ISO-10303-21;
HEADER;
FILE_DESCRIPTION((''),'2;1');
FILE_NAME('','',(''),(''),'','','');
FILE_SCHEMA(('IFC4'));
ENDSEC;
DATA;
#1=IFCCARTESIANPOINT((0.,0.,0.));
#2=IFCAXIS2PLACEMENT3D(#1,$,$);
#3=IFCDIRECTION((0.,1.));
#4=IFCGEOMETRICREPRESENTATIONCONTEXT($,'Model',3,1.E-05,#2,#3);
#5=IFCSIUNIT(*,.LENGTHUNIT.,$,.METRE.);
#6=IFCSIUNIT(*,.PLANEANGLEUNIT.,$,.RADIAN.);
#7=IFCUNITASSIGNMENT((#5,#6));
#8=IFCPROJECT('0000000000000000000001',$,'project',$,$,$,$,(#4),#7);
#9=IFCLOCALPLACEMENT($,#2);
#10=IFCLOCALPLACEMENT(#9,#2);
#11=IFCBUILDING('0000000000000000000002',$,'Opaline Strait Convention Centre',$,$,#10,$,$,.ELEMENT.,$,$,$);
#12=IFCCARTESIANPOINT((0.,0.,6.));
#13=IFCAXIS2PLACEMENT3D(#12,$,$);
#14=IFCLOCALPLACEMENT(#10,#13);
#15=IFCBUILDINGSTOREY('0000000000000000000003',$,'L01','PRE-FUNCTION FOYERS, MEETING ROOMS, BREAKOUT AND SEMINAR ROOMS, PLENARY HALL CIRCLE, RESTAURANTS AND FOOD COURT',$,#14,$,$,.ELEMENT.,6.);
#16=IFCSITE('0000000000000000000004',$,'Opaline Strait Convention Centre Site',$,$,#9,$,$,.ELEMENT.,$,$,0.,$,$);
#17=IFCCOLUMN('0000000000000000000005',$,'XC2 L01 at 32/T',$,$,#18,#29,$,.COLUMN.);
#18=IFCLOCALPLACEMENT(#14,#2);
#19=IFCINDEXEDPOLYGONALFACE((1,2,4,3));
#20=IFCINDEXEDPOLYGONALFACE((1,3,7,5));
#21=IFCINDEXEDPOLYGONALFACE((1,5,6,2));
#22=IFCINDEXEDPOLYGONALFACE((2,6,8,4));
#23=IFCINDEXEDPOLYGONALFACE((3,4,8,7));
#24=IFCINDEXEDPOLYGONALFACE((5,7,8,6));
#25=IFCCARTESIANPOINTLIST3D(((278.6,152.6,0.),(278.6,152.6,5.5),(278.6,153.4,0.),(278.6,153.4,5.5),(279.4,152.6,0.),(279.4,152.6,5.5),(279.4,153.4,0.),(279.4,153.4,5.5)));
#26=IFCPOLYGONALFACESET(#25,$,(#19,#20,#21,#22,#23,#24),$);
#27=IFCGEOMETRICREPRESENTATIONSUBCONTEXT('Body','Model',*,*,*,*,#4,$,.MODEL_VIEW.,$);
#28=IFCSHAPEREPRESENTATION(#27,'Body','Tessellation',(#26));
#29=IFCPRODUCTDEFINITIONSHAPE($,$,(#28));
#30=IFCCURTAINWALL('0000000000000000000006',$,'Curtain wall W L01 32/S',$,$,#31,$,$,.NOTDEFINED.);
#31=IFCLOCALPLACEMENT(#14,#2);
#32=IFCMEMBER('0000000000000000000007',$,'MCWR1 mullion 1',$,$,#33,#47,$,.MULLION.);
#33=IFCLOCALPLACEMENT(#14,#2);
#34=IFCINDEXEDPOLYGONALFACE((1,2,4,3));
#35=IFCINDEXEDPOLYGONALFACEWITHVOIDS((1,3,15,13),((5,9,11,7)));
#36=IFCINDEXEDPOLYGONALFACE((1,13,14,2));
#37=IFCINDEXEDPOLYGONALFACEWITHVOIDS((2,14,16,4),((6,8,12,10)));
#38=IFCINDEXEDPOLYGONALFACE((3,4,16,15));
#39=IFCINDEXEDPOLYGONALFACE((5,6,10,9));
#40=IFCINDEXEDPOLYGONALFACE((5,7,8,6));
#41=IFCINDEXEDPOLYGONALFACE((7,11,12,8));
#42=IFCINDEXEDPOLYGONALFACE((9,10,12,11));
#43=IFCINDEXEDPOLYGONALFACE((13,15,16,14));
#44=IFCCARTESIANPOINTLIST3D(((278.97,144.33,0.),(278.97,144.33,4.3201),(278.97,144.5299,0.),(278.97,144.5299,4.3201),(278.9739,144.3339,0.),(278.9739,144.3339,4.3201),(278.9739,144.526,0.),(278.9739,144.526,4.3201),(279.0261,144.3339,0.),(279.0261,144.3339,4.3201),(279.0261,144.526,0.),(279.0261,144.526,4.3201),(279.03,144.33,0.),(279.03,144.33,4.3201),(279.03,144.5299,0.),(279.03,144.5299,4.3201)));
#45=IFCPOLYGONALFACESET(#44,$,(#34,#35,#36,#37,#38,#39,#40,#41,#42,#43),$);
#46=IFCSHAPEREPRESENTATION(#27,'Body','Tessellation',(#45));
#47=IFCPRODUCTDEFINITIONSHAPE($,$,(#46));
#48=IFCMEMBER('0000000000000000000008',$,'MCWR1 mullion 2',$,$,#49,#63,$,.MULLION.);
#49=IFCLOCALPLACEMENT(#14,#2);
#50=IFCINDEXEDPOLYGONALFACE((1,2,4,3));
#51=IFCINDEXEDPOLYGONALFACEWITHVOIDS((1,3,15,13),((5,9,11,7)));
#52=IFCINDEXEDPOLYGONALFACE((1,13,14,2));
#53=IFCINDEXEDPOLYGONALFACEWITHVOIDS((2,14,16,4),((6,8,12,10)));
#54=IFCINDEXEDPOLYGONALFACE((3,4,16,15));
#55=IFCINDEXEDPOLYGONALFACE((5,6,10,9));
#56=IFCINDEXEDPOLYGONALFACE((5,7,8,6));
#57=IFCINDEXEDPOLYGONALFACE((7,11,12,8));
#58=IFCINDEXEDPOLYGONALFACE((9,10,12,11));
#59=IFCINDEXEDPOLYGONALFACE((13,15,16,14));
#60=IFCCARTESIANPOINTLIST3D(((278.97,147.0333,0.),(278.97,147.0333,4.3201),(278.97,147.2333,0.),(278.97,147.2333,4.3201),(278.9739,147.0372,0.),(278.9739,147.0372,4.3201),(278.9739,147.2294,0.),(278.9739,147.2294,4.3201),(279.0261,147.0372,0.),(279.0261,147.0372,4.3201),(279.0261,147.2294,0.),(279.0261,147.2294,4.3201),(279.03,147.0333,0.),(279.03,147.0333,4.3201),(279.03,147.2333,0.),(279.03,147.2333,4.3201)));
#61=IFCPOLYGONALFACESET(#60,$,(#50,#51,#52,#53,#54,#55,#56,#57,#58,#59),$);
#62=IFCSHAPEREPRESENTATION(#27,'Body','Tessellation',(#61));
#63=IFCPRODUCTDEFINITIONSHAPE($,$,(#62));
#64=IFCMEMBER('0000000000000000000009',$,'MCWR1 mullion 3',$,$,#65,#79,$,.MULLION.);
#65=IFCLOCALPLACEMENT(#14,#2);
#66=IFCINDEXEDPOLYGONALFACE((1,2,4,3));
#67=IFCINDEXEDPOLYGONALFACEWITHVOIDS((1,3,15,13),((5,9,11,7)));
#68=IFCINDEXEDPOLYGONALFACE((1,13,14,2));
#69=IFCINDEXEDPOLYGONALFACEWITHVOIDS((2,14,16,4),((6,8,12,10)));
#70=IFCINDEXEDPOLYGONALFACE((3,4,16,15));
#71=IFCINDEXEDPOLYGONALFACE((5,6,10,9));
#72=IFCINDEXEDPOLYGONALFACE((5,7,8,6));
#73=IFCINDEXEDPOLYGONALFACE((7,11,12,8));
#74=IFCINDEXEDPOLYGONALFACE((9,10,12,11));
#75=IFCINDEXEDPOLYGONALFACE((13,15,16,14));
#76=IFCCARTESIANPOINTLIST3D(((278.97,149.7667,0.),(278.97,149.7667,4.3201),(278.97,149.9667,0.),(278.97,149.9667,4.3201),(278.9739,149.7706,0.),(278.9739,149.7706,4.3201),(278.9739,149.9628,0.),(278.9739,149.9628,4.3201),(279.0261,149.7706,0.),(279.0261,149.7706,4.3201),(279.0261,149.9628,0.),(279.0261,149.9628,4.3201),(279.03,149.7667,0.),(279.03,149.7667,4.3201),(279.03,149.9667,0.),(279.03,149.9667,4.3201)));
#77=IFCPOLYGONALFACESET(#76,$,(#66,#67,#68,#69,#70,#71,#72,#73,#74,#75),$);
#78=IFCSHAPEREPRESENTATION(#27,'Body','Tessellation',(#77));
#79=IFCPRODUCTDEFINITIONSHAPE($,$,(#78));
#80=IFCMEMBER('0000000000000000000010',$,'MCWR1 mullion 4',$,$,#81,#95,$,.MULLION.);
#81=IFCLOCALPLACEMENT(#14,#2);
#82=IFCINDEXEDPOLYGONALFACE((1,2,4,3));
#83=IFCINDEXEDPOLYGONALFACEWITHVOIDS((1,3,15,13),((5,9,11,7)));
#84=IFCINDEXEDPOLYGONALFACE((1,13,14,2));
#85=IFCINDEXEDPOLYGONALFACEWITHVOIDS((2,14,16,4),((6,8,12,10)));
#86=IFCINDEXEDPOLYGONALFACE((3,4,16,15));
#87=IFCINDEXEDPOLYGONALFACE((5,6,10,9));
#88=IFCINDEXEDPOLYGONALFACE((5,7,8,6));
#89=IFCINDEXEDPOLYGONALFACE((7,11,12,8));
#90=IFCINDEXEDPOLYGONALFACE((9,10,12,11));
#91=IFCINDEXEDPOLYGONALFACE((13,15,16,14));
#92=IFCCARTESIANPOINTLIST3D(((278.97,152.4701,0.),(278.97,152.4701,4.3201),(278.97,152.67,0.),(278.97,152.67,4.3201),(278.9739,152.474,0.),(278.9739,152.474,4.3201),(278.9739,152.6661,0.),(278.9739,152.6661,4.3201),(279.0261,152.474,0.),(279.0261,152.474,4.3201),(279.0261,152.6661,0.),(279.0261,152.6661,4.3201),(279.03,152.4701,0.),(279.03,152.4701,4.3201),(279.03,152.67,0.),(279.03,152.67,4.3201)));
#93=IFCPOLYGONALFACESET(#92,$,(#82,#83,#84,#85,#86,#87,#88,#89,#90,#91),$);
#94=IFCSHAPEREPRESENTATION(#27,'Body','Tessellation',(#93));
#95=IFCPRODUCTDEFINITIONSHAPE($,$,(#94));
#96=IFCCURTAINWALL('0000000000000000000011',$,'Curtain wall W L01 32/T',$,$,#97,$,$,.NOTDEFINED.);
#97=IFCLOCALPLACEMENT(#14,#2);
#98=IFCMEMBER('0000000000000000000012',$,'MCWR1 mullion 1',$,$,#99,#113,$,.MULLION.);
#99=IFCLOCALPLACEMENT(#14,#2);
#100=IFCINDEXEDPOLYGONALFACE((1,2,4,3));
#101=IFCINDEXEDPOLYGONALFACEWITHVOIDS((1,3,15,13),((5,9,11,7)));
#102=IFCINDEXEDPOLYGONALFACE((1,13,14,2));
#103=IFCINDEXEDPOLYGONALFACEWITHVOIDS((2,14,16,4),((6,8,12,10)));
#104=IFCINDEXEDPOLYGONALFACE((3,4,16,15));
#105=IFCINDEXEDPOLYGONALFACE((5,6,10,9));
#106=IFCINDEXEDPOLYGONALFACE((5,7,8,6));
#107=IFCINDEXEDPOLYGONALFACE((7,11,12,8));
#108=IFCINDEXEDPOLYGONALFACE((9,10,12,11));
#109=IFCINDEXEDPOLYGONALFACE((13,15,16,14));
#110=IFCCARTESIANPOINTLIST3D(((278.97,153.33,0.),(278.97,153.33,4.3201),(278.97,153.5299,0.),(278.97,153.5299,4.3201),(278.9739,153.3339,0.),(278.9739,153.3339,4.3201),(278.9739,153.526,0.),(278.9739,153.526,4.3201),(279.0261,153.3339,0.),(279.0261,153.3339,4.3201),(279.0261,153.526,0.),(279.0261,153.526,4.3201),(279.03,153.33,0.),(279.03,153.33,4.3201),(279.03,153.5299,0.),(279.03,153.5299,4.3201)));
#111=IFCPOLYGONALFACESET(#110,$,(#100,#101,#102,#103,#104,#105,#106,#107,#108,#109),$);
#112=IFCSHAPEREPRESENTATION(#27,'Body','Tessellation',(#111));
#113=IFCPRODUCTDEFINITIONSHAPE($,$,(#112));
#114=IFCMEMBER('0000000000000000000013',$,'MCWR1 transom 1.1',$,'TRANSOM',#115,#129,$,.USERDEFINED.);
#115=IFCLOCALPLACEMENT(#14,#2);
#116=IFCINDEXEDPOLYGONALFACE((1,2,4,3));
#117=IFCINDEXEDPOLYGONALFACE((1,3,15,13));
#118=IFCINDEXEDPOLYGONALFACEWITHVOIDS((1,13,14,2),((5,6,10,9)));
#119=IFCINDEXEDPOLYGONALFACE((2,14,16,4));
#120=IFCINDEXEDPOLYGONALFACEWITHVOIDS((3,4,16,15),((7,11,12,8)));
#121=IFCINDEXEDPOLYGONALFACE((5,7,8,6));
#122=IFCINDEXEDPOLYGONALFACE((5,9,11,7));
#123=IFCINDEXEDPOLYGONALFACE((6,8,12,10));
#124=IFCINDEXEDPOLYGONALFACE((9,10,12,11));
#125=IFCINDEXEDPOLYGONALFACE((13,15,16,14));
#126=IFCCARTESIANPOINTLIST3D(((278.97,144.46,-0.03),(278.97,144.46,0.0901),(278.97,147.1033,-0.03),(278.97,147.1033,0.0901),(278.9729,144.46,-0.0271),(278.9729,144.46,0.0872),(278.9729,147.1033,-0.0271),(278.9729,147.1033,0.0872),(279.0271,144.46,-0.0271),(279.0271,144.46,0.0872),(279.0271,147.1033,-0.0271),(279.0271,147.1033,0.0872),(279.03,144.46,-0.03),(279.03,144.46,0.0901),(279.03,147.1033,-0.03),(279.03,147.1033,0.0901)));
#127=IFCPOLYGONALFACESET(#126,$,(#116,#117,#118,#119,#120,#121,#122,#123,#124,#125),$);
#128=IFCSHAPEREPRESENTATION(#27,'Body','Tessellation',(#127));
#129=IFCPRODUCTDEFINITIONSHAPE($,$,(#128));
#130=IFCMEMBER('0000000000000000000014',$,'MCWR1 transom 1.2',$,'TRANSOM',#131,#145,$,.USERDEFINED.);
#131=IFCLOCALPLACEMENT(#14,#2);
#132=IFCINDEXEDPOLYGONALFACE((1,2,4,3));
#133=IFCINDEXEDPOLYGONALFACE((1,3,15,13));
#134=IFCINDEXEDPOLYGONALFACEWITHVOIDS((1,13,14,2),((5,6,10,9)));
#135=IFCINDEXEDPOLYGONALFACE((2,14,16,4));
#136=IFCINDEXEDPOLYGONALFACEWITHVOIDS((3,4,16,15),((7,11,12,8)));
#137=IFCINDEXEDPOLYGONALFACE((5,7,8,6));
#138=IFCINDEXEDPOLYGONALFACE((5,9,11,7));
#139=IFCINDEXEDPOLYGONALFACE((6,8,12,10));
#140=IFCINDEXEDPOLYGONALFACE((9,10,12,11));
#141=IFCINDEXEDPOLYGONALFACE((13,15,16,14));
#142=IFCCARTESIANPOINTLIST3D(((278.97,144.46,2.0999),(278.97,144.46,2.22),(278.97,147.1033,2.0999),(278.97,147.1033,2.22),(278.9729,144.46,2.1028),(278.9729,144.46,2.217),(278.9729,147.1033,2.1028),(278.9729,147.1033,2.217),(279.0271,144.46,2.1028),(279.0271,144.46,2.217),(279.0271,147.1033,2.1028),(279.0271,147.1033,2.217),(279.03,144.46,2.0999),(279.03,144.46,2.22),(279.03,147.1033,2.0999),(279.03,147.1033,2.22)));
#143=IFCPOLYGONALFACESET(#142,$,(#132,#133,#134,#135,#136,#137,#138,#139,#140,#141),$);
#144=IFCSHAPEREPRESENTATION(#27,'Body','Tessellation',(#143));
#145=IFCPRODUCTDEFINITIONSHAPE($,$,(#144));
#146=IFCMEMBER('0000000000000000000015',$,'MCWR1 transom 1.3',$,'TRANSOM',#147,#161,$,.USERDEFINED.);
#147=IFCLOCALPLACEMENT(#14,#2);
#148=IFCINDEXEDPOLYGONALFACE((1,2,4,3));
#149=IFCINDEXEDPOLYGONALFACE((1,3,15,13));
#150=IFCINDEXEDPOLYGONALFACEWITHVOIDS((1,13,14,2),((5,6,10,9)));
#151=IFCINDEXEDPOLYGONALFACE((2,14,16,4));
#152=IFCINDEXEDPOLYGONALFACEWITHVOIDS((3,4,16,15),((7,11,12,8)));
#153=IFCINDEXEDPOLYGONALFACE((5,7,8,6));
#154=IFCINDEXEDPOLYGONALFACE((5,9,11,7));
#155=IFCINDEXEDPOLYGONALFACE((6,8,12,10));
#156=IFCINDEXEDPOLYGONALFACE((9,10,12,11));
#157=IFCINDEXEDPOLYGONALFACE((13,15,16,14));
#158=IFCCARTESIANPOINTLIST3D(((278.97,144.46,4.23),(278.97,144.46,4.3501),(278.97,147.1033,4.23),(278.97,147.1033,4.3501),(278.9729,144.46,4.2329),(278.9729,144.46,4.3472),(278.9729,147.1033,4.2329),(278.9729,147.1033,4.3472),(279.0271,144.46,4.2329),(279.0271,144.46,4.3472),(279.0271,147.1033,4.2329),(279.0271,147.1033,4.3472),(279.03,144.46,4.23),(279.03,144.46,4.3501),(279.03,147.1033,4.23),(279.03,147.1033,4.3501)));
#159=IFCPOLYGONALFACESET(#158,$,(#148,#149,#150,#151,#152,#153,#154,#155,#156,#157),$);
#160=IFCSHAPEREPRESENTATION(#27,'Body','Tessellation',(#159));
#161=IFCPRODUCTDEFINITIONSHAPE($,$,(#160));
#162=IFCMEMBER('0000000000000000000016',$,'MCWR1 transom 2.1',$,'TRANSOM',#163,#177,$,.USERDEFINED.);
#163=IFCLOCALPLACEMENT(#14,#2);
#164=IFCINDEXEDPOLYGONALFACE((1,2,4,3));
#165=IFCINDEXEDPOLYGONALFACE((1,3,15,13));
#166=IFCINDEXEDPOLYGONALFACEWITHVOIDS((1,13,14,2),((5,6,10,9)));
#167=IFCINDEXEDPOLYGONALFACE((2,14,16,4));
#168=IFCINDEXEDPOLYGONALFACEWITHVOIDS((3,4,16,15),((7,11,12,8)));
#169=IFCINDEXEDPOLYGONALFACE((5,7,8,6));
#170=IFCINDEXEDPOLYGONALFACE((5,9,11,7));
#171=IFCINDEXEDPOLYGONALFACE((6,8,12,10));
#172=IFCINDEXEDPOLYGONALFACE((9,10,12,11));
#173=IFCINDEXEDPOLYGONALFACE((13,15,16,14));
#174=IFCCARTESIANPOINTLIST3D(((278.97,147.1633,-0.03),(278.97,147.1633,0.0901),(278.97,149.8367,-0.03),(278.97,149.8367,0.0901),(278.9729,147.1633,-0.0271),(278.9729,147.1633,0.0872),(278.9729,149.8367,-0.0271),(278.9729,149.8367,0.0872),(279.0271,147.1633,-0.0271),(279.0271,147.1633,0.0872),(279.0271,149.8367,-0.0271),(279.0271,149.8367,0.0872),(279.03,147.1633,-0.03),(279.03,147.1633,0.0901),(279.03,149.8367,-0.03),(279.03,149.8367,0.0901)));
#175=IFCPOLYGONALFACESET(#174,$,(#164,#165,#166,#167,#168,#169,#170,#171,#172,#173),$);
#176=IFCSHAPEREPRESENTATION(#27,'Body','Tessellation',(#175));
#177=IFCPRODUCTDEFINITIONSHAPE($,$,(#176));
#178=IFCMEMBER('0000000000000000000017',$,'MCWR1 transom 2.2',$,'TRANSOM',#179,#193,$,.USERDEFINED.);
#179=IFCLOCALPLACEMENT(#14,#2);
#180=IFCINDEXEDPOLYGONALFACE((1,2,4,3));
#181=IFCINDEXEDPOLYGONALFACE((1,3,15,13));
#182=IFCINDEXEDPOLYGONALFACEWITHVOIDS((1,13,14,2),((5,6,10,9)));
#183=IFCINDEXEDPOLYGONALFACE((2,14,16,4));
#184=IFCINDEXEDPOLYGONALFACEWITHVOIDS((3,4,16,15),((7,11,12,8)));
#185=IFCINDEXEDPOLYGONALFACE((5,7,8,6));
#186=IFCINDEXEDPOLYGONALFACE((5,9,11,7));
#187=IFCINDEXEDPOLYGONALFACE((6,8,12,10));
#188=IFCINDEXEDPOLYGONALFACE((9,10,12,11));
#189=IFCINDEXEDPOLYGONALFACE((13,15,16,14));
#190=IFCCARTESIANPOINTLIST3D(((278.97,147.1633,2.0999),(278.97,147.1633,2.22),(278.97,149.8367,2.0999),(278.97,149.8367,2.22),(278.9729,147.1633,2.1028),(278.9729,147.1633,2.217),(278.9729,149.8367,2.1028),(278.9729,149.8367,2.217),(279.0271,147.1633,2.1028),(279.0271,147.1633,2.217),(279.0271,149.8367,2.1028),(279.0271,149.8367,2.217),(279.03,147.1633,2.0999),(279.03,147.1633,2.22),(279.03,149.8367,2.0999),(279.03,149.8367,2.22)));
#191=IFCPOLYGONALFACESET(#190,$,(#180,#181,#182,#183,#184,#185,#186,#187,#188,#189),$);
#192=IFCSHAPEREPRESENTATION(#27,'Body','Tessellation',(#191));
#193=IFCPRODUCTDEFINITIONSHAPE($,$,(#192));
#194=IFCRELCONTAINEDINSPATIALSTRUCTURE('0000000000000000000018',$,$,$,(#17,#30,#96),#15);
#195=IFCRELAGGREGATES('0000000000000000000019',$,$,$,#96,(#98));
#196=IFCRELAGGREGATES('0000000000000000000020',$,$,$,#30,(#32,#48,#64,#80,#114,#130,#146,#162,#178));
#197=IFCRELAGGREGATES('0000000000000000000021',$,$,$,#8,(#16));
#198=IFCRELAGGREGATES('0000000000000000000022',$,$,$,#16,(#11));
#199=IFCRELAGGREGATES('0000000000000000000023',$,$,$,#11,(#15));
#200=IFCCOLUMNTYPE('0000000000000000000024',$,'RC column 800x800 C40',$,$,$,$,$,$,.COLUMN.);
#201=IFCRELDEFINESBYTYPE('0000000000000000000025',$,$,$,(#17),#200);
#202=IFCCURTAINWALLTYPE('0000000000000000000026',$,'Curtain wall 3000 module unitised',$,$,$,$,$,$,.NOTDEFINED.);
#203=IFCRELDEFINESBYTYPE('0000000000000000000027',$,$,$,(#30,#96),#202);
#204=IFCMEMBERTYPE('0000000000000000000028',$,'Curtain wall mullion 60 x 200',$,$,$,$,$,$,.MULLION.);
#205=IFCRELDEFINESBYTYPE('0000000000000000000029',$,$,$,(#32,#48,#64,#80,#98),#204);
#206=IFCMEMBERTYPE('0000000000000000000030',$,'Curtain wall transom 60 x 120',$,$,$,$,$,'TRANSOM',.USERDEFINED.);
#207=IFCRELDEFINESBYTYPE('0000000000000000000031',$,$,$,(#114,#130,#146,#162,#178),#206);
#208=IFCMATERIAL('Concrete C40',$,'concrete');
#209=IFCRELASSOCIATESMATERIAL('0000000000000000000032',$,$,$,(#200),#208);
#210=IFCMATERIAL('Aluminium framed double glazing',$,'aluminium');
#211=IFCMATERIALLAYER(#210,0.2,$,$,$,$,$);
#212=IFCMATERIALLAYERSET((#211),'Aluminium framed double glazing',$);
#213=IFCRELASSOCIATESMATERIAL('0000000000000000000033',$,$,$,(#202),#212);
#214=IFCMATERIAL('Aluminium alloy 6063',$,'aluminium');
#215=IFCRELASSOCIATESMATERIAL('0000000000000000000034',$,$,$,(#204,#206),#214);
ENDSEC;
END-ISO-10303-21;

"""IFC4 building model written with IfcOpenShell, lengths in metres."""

from ifc_helpers import new_model, si_unit, direction, frame, origin, origin_2d, place, context, subcontext, project, spatial, rectangle, hollow_rectangle, extrude, material, layer, layer_set, material_profile, profile_set, type_object, element, aggregate, save


model = new_model("IFC4")

# Units and contexts
model_context = context("Model", 3, precision=1e-05, world=origin(), true_north=direction((0.0, 1.0)))
body_context = subcontext(model_context, "Body", "Model", "MODEL_VIEW")
ifc_project = project(units=[si_unit("LENGTHUNIT", "METRE"), si_unit("PLANEANGLEUNIT", "RADIAN")], contexts=[model_context])

# Site, building, storey
site_placement = place(None, origin())
site = spatial("IfcSite", under=ifc_project, at=site_placement, Name="Opaline Strait Convention Centre Site", CompositionType="ELEMENT", RefElevation=0.0)
building_placement = place(site_placement, origin())
building = spatial("IfcBuilding", under=site, at=building_placement, Name="Opaline Strait Convention Centre", CompositionType="ELEMENT")
storey_placement = place(building_placement, frame((0.0, 0.0, 6.0)))
storey = spatial("IfcBuildingStorey", under=building, at=storey_placement, Name="L01", Description="PRE-FUNCTION FOYERS, MEETING ROOMS, BREAKOUT AND SEMINAR ROOMS, PLENARY HALL CIRCLE, RESTAURANTS AND FOOD COURT", CompositionType="ELEMENT", Elevation=6.0)

# Column
ifc_material_1 = material(Name="Concrete C40", Category="concrete")
ifc_material_profile_1 = material_profile(ifc_material_1, rectangle(XDim=0.8, YDim=0.8, at=origin_2d()), Name="RC 800x800")
ifc_profile_set_1 = profile_set([ifc_material_profile_1], Name="Concrete C40")
column_type = type_object("IfcColumnType", Name="RC column 800x800 C40", PredefinedType="COLUMN", material=ifc_profile_set_1)
column_placement = place(storey_placement, frame((279.0, 153.0, 0.0), z_axis=(0.0, 0.0, 1.0), x_axis=(1.0, 0.0, 0.0)))
element("IfcColumn", 1, at=column_placement, inside=storey, type_object=column_type, Name="XC2 L01 at 32/T", PredefinedType="COLUMN", context=body_context, shape_type="SweptSolid", body=[
    extrude(rectangle(XDim=0.8, YDim=0.8, at=origin_2d()), origin(), (0.0, 0.0, 1.0), 5.5),
])

# Curtain wall, members
ifc_material_2 = material(Name="Aluminium framed double glazing", Category="aluminium")
ifc_layer_1 = layer(ifc_material_2, 0.2)
ifc_layer_set_1 = layer_set([ifc_layer_1], Name="Aluminium framed double glazing")
curtain_wall_type = type_object("IfcCurtainWallType", Name="Curtain wall 3000 module unitised", PredefinedType="NOTDEFINED", material=ifc_layer_set_1)
curtain_wall_1_placement = place(storey_placement, origin())
curtain_wall_1 = element("IfcCurtainWall", 2, at=curtain_wall_1_placement, inside=storey, type_object=curtain_wall_type, Name="Curtain wall W L01 32/S", PredefinedType="NOTDEFINED")
ifc_material_3 = material(Name="Aluminium alloy 6063", Category="aluminium")
ifc_material_profile_2 = material_profile(ifc_material_3, hollow_rectangle(XDim=0.0601, YDim=0.2, WallThickness=0.0039, at=origin_2d()), Name="MULLION 60x200x4")
ifc_profile_set_2 = profile_set([ifc_material_profile_2], Name="Aluminium alloy 6063")
member_type_1 = type_object("IfcMemberType", Name="Curtain wall mullion 60 x 200", PredefinedType="MULLION", material=ifc_profile_set_2)
member_1_placement = place(storey_placement, frame((279.0, 144.4299, 0.0), z_axis=(0.0, 0.0, 1.0), x_axis=(-1.0, 0.0, 0.0)))
member_1 = element("IfcMember", 3, at=member_1_placement, type_object=member_type_1, Name="MCWR1 mullion 1", PredefinedType="MULLION", context=body_context, shape_type="SweptSolid", body=[
    extrude(hollow_rectangle(XDim=0.0601, YDim=0.2, WallThickness=0.0039, at=origin_2d()), origin(), (0.0, 0.0, 1.0), 4.3201),
])
member_2_placement = place(storey_placement, frame((279.0, 147.1333, 0.0), z_axis=(0.0, 0.0, 1.0), x_axis=(-1.0, 0.0, 0.0)))
member_2 = element("IfcMember", 4, at=member_2_placement, type_object=member_type_1, Name="MCWR1 mullion 2", PredefinedType="MULLION", context=body_context, shape_type="SweptSolid", body=[
    extrude(hollow_rectangle(XDim=0.0601, YDim=0.2, WallThickness=0.0039, at=origin_2d()), origin(), (0.0, 0.0, 1.0), 4.3201),
])
member_3_placement = place(storey_placement, frame((279.0, 149.8667, 0.0), z_axis=(0.0, 0.0, 1.0), x_axis=(-1.0, 0.0, 0.0)))
member_3 = element("IfcMember", 5, at=member_3_placement, type_object=member_type_1, Name="MCWR1 mullion 3", PredefinedType="MULLION", context=body_context, shape_type="SweptSolid", body=[
    extrude(hollow_rectangle(XDim=0.0601, YDim=0.2, WallThickness=0.0039, at=origin_2d()), origin(), (0.0, 0.0, 1.0), 4.3201),
])
member_4_placement = place(storey_placement, frame((279.0, 152.5701, 0.0), z_axis=(0.0, 0.0, 1.0), x_axis=(-1.0, 0.0, 0.0)))
member_4 = element("IfcMember", 6, at=member_4_placement, type_object=member_type_1, Name="MCWR1 mullion 4", PredefinedType="MULLION", context=body_context, shape_type="SweptSolid", body=[
    extrude(hollow_rectangle(XDim=0.0601, YDim=0.2, WallThickness=0.0039, at=origin_2d()), origin(), (0.0, 0.0, 1.0), 4.3201),
])

# Curtain wall, member
curtain_wall_2_placement = place(storey_placement, origin())
curtain_wall_2 = element("IfcCurtainWall", 7, at=curtain_wall_2_placement, inside=storey, type_object=curtain_wall_type, Name="Curtain wall W L01 32/T", PredefinedType="NOTDEFINED")
member_5_placement = place(storey_placement, frame((279.0, 153.4299, 0.0), z_axis=(0.0, 0.0, 1.0), x_axis=(-1.0, 0.0, 0.0)))
member_5 = element("IfcMember", 8, at=member_5_placement, type_object=member_type_1, Name="MCWR1 mullion 1", PredefinedType="MULLION", context=body_context, shape_type="SweptSolid", body=[
    extrude(hollow_rectangle(XDim=0.0601, YDim=0.2, WallThickness=0.0039, at=origin_2d()), origin(), (0.0, 0.0, 1.0), 4.3201),
])

# Members
ifc_material_profile_3 = material_profile(ifc_material_3, hollow_rectangle(XDim=0.0601, YDim=0.1201, WallThickness=0.0029, at=origin_2d()), Name="TRANSOM 60x120x3")
ifc_profile_set_3 = profile_set([ifc_material_profile_3], Name="Aluminium alloy 6063")
member_type_2 = type_object("IfcMemberType", Name="Curtain wall transom 60 x 120", ElementType="TRANSOM", PredefinedType="USERDEFINED", material=ifc_profile_set_3)
member_6_placement = place(storey_placement, frame((279.0, 144.46, 0.03), z_axis=(0.0, 1.0, 0.0), x_axis=(-1.0, 0.0, 0.0)))
member_6 = element("IfcMember", 9, at=member_6_placement, type_object=member_type_2, Name="MCWR1 transom 1.1", ObjectType="TRANSOM", PredefinedType="USERDEFINED", context=body_context, shape_type="SweptSolid", body=[
    extrude(hollow_rectangle(XDim=0.0601, YDim=0.1201, WallThickness=0.0029, at=origin_2d()), origin(), (0.0, 0.0, 1.0), 2.6433),
])
member_7_placement = place(storey_placement, frame((279.0, 144.46, 2.1599), z_axis=(0.0, 1.0, 0.0), x_axis=(-1.0, 0.0, 0.0)))
member_7 = element("IfcMember", 10, at=member_7_placement, type_object=member_type_2, Name="MCWR1 transom 1.2", ObjectType="TRANSOM", PredefinedType="USERDEFINED", context=body_context, shape_type="SweptSolid", body=[
    extrude(hollow_rectangle(XDim=0.0601, YDim=0.1201, WallThickness=0.0029, at=origin_2d()), origin(), (0.0, 0.0, 1.0), 2.6433),
])
member_8_placement = place(storey_placement, frame((279.0, 144.46, 4.29), z_axis=(0.0, 1.0, 0.0), x_axis=(-1.0, 0.0, 0.0)))
member_8 = element("IfcMember", 11, at=member_8_placement, type_object=member_type_2, Name="MCWR1 transom 1.3", ObjectType="TRANSOM", PredefinedType="USERDEFINED", context=body_context, shape_type="SweptSolid", body=[
    extrude(hollow_rectangle(XDim=0.0601, YDim=0.1201, WallThickness=0.0029, at=origin_2d()), origin(), (0.0, 0.0, 1.0), 2.6433),
])
member_9_placement = place(storey_placement, frame((279.0, 147.1633, 0.03), z_axis=(0.0, 1.0, 0.0), x_axis=(-1.0, 0.0, 0.0)))
member_9 = element("IfcMember", 12, at=member_9_placement, type_object=member_type_2, Name="MCWR1 transom 2.1", ObjectType="TRANSOM", PredefinedType="USERDEFINED", context=body_context, shape_type="SweptSolid", body=[
    extrude(hollow_rectangle(XDim=0.0601, YDim=0.1201, WallThickness=0.0029, at=origin_2d()), origin(), (0.0, 0.0, 1.0), 2.6733),
])
member_10_placement = place(storey_placement, frame((279.0, 147.1633, 2.1599), z_axis=(0.0, 1.0, 0.0), x_axis=(-1.0, 0.0, 0.0)))
member_10 = element("IfcMember", 13, at=member_10_placement, type_object=member_type_2, Name="MCWR1 transom 2.2", ObjectType="TRANSOM", PredefinedType="USERDEFINED", context=body_context, shape_type="SweptSolid", body=[
    extrude(hollow_rectangle(XDim=0.0601, YDim=0.1201, WallThickness=0.0029, at=origin_2d()), origin(), (0.0, 0.0, 1.0), 2.6733),
])
aggregate(curtain_wall_2, [member_5])

aggregate(curtain_wall_1, [member_1, member_2, member_3, member_4, member_6, member_7, member_8, member_9, member_10])

save(model, "model.ifc")
